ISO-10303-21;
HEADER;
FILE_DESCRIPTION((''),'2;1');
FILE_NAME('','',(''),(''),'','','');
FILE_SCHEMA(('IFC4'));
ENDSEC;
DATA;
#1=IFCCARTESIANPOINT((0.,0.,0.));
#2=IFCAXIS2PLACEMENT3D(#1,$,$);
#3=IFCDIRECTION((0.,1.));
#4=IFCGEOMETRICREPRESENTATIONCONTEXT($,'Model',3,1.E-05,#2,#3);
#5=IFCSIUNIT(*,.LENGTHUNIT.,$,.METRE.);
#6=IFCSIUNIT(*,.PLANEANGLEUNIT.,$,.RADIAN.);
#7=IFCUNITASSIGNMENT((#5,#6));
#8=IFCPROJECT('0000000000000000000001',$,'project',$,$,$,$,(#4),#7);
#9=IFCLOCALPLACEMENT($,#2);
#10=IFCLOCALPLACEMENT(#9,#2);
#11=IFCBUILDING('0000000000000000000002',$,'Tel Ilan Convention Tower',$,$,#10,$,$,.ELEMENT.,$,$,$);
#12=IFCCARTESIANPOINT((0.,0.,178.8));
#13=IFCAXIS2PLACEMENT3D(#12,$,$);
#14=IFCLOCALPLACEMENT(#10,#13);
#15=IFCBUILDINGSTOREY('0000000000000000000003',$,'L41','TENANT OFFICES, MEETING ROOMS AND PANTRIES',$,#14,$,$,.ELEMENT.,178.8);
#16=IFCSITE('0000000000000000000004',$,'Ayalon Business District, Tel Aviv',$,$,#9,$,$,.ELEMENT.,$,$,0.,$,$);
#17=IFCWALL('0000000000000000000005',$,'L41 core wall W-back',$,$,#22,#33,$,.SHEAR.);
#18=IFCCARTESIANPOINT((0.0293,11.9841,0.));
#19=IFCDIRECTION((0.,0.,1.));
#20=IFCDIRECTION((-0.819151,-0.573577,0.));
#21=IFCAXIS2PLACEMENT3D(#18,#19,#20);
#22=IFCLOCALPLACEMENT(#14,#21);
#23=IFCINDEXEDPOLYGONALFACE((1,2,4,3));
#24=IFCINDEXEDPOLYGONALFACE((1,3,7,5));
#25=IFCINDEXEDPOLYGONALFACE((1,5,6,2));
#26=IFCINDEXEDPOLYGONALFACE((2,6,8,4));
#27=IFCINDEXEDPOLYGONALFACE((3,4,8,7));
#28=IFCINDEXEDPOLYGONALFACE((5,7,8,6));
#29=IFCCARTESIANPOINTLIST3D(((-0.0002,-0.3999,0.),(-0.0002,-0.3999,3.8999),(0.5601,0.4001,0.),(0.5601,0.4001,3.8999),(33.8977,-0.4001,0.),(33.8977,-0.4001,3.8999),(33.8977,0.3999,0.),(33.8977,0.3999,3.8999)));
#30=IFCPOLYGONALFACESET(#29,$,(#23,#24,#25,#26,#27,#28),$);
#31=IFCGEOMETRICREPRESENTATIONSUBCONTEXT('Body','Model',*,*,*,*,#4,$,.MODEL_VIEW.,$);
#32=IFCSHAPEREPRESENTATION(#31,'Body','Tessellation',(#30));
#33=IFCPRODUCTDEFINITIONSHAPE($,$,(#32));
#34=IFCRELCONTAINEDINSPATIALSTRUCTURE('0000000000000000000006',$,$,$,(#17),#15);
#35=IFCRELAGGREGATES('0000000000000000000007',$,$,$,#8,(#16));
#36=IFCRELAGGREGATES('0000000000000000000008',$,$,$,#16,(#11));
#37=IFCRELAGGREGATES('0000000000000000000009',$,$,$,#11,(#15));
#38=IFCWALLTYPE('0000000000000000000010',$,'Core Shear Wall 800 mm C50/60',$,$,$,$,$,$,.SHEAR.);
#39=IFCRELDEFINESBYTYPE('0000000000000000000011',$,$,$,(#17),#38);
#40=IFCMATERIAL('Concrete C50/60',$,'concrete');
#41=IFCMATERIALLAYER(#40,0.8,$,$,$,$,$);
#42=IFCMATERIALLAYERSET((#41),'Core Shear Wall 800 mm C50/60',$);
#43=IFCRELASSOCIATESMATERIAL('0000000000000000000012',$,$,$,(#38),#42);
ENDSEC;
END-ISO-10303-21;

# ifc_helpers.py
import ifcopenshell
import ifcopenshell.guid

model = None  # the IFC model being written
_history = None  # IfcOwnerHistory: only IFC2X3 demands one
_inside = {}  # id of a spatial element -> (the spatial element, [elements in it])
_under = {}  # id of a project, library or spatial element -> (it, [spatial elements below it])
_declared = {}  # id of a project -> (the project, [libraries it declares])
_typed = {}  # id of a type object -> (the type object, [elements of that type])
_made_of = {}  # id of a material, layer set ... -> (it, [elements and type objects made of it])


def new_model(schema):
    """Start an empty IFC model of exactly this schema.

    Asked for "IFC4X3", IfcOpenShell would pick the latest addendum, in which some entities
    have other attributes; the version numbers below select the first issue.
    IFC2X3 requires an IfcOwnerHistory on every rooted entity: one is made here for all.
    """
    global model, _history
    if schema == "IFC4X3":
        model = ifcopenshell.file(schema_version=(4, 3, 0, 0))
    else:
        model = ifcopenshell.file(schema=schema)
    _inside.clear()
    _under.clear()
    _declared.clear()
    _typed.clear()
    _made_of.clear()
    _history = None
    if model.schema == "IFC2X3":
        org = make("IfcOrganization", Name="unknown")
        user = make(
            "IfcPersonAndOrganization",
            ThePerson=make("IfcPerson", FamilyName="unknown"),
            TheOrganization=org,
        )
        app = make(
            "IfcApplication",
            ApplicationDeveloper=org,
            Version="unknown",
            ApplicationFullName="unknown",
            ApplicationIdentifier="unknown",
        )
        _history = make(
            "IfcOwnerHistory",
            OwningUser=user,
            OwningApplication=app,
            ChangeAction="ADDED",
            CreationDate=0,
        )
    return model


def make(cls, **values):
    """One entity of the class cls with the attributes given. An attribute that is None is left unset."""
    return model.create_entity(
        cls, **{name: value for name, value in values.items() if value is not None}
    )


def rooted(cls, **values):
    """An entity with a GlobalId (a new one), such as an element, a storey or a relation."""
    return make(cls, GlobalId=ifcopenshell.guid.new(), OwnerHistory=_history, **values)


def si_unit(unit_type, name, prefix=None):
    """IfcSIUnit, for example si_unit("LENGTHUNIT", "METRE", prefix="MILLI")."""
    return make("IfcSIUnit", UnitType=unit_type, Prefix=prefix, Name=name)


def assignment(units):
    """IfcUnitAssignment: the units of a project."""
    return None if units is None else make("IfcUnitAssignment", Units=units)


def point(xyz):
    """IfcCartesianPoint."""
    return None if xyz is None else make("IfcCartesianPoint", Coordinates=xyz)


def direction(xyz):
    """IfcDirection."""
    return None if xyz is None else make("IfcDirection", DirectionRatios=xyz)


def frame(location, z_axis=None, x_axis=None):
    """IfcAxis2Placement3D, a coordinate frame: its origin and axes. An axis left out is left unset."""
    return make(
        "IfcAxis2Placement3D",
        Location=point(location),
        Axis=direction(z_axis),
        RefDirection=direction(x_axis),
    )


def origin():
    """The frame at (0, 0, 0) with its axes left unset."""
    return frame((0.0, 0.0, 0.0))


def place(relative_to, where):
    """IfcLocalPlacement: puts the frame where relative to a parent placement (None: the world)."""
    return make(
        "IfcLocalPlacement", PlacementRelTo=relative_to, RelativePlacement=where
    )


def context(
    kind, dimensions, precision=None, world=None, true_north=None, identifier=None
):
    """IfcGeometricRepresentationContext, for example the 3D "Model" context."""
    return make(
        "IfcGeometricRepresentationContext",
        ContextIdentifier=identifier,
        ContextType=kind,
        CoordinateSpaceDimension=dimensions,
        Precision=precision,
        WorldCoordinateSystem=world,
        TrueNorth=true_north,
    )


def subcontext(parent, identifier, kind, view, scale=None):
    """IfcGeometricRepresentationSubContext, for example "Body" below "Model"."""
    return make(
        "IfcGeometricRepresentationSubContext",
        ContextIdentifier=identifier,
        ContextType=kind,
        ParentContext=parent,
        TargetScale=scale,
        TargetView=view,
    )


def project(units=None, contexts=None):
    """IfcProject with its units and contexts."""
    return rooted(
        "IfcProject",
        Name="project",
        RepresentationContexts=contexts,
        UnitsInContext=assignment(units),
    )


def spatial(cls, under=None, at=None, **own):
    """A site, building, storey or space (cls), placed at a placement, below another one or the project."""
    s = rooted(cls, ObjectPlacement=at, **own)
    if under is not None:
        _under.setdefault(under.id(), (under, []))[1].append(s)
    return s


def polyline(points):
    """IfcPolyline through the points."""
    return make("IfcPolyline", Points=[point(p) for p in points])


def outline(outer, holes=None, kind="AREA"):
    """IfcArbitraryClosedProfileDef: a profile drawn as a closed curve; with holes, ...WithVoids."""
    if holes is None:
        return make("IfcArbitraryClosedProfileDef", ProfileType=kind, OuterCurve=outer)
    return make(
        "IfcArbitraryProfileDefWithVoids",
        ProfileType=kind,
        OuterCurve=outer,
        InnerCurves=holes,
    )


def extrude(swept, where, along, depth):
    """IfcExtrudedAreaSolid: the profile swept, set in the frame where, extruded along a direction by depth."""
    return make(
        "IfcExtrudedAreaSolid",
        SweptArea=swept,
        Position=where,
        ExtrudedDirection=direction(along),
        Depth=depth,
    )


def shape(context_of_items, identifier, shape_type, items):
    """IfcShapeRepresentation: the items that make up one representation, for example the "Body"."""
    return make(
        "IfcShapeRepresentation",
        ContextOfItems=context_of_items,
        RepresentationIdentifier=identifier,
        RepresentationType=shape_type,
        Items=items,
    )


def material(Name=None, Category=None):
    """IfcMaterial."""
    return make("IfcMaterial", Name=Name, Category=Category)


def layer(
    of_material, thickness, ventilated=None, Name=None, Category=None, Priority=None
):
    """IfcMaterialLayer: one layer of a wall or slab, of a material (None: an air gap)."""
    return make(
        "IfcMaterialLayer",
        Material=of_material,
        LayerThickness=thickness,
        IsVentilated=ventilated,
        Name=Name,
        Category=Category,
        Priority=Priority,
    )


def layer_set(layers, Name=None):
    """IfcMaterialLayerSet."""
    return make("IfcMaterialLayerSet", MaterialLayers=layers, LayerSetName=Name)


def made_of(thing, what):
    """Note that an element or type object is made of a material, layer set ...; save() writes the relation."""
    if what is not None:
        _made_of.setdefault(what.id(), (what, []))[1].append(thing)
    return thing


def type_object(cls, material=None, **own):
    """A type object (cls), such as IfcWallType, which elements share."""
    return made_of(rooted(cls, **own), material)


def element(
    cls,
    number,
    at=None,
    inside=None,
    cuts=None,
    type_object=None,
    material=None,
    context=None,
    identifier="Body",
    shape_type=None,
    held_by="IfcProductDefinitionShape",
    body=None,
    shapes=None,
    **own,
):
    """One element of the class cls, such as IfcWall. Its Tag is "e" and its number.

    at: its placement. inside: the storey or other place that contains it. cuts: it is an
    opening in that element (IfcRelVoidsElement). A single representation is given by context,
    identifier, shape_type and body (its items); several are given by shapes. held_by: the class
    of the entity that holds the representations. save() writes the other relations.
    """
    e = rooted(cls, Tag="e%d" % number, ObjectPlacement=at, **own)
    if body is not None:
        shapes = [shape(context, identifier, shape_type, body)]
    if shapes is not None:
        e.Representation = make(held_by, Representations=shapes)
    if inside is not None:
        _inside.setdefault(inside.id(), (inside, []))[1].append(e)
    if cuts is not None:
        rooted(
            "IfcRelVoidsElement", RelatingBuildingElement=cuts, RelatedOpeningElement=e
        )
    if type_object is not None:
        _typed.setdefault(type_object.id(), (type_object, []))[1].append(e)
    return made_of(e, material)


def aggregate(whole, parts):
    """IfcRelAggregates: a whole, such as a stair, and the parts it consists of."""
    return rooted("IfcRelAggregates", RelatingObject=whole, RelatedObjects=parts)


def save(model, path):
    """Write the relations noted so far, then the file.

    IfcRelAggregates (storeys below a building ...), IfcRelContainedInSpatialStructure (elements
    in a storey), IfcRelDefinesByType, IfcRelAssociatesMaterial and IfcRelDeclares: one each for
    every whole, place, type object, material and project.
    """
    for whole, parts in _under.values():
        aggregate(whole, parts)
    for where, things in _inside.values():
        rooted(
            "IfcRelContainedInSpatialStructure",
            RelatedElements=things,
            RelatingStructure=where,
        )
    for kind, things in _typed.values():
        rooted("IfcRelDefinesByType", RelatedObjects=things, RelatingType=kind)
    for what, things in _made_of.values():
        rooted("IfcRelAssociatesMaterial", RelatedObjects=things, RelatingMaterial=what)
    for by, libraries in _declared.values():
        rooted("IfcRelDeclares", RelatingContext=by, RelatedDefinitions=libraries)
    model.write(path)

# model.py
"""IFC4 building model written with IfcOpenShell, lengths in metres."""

from ifc_helpers import new_model, si_unit, direction, frame, origin, place, context, subcontext, project, spatial, polyline, outline, extrude, material, layer, layer_set, type_object, element, save


model = new_model("IFC4")

# Units and contexts
model_context = context("Model", 3, precision=1e-05, world=origin(), true_north=direction((0.0, 1.0)))
body_context = subcontext(model_context, "Body", "Model", "MODEL_VIEW")
ifc_project = project(units=[si_unit("LENGTHUNIT", "METRE"), si_unit("PLANEANGLEUNIT", "RADIAN")], contexts=[model_context])

# Site, building, storey
site_placement = place(None, origin())
site = spatial("IfcSite", under=ifc_project, at=site_placement, Name="Ayalon Business District, Tel Aviv", CompositionType="ELEMENT", RefElevation=0.0)
building_placement = place(site_placement, origin())
building = spatial("IfcBuilding", under=site, at=building_placement, Name="Tel Ilan Convention Tower", CompositionType="ELEMENT")
storey_placement = place(building_placement, frame((0.0, 0.0, 178.8)))
storey = spatial("IfcBuildingStorey", under=building, at=storey_placement, Name="L41", Description="TENANT OFFICES, MEETING ROOMS AND PANTRIES", CompositionType="ELEMENT", Elevation=178.8)

# Wall
ifc_material_1 = material(Name="Concrete C50/60", Category="concrete")
ifc_layer_1 = layer(ifc_material_1, 0.8)
ifc_layer_set_1 = layer_set([ifc_layer_1], Name="Core Shear Wall 800 mm C50/60")
wall_type_1 = type_object("IfcWallType", Name="Core Shear Wall 800 mm C50/60", PredefinedType="SHEAR", material=ifc_layer_set_1)
wall_1_placement = place(storey_placement, frame((0.0293, 11.9841, 0.0), z_axis=(0.0, 0.0, 1.0), x_axis=(-0.819151, -0.573577, 0.0)))
element("IfcWall", 1, at=wall_1_placement, inside=storey, type_object=wall_type_1, Name="L41 core wall W-back", PredefinedType="SHEAR", context=body_context, shape_type="SweptSolid", body=[
    extrude(outline(polyline([(33.8977, 0.3999), (0.5601, 0.4001), (-0.0002, -0.3999), (33.8977, -0.4001), (33.8977, 0.3999)])), origin(), (0.0, 0.0, 1.0), 3.8999),
])

save(model, "model.ifc")
